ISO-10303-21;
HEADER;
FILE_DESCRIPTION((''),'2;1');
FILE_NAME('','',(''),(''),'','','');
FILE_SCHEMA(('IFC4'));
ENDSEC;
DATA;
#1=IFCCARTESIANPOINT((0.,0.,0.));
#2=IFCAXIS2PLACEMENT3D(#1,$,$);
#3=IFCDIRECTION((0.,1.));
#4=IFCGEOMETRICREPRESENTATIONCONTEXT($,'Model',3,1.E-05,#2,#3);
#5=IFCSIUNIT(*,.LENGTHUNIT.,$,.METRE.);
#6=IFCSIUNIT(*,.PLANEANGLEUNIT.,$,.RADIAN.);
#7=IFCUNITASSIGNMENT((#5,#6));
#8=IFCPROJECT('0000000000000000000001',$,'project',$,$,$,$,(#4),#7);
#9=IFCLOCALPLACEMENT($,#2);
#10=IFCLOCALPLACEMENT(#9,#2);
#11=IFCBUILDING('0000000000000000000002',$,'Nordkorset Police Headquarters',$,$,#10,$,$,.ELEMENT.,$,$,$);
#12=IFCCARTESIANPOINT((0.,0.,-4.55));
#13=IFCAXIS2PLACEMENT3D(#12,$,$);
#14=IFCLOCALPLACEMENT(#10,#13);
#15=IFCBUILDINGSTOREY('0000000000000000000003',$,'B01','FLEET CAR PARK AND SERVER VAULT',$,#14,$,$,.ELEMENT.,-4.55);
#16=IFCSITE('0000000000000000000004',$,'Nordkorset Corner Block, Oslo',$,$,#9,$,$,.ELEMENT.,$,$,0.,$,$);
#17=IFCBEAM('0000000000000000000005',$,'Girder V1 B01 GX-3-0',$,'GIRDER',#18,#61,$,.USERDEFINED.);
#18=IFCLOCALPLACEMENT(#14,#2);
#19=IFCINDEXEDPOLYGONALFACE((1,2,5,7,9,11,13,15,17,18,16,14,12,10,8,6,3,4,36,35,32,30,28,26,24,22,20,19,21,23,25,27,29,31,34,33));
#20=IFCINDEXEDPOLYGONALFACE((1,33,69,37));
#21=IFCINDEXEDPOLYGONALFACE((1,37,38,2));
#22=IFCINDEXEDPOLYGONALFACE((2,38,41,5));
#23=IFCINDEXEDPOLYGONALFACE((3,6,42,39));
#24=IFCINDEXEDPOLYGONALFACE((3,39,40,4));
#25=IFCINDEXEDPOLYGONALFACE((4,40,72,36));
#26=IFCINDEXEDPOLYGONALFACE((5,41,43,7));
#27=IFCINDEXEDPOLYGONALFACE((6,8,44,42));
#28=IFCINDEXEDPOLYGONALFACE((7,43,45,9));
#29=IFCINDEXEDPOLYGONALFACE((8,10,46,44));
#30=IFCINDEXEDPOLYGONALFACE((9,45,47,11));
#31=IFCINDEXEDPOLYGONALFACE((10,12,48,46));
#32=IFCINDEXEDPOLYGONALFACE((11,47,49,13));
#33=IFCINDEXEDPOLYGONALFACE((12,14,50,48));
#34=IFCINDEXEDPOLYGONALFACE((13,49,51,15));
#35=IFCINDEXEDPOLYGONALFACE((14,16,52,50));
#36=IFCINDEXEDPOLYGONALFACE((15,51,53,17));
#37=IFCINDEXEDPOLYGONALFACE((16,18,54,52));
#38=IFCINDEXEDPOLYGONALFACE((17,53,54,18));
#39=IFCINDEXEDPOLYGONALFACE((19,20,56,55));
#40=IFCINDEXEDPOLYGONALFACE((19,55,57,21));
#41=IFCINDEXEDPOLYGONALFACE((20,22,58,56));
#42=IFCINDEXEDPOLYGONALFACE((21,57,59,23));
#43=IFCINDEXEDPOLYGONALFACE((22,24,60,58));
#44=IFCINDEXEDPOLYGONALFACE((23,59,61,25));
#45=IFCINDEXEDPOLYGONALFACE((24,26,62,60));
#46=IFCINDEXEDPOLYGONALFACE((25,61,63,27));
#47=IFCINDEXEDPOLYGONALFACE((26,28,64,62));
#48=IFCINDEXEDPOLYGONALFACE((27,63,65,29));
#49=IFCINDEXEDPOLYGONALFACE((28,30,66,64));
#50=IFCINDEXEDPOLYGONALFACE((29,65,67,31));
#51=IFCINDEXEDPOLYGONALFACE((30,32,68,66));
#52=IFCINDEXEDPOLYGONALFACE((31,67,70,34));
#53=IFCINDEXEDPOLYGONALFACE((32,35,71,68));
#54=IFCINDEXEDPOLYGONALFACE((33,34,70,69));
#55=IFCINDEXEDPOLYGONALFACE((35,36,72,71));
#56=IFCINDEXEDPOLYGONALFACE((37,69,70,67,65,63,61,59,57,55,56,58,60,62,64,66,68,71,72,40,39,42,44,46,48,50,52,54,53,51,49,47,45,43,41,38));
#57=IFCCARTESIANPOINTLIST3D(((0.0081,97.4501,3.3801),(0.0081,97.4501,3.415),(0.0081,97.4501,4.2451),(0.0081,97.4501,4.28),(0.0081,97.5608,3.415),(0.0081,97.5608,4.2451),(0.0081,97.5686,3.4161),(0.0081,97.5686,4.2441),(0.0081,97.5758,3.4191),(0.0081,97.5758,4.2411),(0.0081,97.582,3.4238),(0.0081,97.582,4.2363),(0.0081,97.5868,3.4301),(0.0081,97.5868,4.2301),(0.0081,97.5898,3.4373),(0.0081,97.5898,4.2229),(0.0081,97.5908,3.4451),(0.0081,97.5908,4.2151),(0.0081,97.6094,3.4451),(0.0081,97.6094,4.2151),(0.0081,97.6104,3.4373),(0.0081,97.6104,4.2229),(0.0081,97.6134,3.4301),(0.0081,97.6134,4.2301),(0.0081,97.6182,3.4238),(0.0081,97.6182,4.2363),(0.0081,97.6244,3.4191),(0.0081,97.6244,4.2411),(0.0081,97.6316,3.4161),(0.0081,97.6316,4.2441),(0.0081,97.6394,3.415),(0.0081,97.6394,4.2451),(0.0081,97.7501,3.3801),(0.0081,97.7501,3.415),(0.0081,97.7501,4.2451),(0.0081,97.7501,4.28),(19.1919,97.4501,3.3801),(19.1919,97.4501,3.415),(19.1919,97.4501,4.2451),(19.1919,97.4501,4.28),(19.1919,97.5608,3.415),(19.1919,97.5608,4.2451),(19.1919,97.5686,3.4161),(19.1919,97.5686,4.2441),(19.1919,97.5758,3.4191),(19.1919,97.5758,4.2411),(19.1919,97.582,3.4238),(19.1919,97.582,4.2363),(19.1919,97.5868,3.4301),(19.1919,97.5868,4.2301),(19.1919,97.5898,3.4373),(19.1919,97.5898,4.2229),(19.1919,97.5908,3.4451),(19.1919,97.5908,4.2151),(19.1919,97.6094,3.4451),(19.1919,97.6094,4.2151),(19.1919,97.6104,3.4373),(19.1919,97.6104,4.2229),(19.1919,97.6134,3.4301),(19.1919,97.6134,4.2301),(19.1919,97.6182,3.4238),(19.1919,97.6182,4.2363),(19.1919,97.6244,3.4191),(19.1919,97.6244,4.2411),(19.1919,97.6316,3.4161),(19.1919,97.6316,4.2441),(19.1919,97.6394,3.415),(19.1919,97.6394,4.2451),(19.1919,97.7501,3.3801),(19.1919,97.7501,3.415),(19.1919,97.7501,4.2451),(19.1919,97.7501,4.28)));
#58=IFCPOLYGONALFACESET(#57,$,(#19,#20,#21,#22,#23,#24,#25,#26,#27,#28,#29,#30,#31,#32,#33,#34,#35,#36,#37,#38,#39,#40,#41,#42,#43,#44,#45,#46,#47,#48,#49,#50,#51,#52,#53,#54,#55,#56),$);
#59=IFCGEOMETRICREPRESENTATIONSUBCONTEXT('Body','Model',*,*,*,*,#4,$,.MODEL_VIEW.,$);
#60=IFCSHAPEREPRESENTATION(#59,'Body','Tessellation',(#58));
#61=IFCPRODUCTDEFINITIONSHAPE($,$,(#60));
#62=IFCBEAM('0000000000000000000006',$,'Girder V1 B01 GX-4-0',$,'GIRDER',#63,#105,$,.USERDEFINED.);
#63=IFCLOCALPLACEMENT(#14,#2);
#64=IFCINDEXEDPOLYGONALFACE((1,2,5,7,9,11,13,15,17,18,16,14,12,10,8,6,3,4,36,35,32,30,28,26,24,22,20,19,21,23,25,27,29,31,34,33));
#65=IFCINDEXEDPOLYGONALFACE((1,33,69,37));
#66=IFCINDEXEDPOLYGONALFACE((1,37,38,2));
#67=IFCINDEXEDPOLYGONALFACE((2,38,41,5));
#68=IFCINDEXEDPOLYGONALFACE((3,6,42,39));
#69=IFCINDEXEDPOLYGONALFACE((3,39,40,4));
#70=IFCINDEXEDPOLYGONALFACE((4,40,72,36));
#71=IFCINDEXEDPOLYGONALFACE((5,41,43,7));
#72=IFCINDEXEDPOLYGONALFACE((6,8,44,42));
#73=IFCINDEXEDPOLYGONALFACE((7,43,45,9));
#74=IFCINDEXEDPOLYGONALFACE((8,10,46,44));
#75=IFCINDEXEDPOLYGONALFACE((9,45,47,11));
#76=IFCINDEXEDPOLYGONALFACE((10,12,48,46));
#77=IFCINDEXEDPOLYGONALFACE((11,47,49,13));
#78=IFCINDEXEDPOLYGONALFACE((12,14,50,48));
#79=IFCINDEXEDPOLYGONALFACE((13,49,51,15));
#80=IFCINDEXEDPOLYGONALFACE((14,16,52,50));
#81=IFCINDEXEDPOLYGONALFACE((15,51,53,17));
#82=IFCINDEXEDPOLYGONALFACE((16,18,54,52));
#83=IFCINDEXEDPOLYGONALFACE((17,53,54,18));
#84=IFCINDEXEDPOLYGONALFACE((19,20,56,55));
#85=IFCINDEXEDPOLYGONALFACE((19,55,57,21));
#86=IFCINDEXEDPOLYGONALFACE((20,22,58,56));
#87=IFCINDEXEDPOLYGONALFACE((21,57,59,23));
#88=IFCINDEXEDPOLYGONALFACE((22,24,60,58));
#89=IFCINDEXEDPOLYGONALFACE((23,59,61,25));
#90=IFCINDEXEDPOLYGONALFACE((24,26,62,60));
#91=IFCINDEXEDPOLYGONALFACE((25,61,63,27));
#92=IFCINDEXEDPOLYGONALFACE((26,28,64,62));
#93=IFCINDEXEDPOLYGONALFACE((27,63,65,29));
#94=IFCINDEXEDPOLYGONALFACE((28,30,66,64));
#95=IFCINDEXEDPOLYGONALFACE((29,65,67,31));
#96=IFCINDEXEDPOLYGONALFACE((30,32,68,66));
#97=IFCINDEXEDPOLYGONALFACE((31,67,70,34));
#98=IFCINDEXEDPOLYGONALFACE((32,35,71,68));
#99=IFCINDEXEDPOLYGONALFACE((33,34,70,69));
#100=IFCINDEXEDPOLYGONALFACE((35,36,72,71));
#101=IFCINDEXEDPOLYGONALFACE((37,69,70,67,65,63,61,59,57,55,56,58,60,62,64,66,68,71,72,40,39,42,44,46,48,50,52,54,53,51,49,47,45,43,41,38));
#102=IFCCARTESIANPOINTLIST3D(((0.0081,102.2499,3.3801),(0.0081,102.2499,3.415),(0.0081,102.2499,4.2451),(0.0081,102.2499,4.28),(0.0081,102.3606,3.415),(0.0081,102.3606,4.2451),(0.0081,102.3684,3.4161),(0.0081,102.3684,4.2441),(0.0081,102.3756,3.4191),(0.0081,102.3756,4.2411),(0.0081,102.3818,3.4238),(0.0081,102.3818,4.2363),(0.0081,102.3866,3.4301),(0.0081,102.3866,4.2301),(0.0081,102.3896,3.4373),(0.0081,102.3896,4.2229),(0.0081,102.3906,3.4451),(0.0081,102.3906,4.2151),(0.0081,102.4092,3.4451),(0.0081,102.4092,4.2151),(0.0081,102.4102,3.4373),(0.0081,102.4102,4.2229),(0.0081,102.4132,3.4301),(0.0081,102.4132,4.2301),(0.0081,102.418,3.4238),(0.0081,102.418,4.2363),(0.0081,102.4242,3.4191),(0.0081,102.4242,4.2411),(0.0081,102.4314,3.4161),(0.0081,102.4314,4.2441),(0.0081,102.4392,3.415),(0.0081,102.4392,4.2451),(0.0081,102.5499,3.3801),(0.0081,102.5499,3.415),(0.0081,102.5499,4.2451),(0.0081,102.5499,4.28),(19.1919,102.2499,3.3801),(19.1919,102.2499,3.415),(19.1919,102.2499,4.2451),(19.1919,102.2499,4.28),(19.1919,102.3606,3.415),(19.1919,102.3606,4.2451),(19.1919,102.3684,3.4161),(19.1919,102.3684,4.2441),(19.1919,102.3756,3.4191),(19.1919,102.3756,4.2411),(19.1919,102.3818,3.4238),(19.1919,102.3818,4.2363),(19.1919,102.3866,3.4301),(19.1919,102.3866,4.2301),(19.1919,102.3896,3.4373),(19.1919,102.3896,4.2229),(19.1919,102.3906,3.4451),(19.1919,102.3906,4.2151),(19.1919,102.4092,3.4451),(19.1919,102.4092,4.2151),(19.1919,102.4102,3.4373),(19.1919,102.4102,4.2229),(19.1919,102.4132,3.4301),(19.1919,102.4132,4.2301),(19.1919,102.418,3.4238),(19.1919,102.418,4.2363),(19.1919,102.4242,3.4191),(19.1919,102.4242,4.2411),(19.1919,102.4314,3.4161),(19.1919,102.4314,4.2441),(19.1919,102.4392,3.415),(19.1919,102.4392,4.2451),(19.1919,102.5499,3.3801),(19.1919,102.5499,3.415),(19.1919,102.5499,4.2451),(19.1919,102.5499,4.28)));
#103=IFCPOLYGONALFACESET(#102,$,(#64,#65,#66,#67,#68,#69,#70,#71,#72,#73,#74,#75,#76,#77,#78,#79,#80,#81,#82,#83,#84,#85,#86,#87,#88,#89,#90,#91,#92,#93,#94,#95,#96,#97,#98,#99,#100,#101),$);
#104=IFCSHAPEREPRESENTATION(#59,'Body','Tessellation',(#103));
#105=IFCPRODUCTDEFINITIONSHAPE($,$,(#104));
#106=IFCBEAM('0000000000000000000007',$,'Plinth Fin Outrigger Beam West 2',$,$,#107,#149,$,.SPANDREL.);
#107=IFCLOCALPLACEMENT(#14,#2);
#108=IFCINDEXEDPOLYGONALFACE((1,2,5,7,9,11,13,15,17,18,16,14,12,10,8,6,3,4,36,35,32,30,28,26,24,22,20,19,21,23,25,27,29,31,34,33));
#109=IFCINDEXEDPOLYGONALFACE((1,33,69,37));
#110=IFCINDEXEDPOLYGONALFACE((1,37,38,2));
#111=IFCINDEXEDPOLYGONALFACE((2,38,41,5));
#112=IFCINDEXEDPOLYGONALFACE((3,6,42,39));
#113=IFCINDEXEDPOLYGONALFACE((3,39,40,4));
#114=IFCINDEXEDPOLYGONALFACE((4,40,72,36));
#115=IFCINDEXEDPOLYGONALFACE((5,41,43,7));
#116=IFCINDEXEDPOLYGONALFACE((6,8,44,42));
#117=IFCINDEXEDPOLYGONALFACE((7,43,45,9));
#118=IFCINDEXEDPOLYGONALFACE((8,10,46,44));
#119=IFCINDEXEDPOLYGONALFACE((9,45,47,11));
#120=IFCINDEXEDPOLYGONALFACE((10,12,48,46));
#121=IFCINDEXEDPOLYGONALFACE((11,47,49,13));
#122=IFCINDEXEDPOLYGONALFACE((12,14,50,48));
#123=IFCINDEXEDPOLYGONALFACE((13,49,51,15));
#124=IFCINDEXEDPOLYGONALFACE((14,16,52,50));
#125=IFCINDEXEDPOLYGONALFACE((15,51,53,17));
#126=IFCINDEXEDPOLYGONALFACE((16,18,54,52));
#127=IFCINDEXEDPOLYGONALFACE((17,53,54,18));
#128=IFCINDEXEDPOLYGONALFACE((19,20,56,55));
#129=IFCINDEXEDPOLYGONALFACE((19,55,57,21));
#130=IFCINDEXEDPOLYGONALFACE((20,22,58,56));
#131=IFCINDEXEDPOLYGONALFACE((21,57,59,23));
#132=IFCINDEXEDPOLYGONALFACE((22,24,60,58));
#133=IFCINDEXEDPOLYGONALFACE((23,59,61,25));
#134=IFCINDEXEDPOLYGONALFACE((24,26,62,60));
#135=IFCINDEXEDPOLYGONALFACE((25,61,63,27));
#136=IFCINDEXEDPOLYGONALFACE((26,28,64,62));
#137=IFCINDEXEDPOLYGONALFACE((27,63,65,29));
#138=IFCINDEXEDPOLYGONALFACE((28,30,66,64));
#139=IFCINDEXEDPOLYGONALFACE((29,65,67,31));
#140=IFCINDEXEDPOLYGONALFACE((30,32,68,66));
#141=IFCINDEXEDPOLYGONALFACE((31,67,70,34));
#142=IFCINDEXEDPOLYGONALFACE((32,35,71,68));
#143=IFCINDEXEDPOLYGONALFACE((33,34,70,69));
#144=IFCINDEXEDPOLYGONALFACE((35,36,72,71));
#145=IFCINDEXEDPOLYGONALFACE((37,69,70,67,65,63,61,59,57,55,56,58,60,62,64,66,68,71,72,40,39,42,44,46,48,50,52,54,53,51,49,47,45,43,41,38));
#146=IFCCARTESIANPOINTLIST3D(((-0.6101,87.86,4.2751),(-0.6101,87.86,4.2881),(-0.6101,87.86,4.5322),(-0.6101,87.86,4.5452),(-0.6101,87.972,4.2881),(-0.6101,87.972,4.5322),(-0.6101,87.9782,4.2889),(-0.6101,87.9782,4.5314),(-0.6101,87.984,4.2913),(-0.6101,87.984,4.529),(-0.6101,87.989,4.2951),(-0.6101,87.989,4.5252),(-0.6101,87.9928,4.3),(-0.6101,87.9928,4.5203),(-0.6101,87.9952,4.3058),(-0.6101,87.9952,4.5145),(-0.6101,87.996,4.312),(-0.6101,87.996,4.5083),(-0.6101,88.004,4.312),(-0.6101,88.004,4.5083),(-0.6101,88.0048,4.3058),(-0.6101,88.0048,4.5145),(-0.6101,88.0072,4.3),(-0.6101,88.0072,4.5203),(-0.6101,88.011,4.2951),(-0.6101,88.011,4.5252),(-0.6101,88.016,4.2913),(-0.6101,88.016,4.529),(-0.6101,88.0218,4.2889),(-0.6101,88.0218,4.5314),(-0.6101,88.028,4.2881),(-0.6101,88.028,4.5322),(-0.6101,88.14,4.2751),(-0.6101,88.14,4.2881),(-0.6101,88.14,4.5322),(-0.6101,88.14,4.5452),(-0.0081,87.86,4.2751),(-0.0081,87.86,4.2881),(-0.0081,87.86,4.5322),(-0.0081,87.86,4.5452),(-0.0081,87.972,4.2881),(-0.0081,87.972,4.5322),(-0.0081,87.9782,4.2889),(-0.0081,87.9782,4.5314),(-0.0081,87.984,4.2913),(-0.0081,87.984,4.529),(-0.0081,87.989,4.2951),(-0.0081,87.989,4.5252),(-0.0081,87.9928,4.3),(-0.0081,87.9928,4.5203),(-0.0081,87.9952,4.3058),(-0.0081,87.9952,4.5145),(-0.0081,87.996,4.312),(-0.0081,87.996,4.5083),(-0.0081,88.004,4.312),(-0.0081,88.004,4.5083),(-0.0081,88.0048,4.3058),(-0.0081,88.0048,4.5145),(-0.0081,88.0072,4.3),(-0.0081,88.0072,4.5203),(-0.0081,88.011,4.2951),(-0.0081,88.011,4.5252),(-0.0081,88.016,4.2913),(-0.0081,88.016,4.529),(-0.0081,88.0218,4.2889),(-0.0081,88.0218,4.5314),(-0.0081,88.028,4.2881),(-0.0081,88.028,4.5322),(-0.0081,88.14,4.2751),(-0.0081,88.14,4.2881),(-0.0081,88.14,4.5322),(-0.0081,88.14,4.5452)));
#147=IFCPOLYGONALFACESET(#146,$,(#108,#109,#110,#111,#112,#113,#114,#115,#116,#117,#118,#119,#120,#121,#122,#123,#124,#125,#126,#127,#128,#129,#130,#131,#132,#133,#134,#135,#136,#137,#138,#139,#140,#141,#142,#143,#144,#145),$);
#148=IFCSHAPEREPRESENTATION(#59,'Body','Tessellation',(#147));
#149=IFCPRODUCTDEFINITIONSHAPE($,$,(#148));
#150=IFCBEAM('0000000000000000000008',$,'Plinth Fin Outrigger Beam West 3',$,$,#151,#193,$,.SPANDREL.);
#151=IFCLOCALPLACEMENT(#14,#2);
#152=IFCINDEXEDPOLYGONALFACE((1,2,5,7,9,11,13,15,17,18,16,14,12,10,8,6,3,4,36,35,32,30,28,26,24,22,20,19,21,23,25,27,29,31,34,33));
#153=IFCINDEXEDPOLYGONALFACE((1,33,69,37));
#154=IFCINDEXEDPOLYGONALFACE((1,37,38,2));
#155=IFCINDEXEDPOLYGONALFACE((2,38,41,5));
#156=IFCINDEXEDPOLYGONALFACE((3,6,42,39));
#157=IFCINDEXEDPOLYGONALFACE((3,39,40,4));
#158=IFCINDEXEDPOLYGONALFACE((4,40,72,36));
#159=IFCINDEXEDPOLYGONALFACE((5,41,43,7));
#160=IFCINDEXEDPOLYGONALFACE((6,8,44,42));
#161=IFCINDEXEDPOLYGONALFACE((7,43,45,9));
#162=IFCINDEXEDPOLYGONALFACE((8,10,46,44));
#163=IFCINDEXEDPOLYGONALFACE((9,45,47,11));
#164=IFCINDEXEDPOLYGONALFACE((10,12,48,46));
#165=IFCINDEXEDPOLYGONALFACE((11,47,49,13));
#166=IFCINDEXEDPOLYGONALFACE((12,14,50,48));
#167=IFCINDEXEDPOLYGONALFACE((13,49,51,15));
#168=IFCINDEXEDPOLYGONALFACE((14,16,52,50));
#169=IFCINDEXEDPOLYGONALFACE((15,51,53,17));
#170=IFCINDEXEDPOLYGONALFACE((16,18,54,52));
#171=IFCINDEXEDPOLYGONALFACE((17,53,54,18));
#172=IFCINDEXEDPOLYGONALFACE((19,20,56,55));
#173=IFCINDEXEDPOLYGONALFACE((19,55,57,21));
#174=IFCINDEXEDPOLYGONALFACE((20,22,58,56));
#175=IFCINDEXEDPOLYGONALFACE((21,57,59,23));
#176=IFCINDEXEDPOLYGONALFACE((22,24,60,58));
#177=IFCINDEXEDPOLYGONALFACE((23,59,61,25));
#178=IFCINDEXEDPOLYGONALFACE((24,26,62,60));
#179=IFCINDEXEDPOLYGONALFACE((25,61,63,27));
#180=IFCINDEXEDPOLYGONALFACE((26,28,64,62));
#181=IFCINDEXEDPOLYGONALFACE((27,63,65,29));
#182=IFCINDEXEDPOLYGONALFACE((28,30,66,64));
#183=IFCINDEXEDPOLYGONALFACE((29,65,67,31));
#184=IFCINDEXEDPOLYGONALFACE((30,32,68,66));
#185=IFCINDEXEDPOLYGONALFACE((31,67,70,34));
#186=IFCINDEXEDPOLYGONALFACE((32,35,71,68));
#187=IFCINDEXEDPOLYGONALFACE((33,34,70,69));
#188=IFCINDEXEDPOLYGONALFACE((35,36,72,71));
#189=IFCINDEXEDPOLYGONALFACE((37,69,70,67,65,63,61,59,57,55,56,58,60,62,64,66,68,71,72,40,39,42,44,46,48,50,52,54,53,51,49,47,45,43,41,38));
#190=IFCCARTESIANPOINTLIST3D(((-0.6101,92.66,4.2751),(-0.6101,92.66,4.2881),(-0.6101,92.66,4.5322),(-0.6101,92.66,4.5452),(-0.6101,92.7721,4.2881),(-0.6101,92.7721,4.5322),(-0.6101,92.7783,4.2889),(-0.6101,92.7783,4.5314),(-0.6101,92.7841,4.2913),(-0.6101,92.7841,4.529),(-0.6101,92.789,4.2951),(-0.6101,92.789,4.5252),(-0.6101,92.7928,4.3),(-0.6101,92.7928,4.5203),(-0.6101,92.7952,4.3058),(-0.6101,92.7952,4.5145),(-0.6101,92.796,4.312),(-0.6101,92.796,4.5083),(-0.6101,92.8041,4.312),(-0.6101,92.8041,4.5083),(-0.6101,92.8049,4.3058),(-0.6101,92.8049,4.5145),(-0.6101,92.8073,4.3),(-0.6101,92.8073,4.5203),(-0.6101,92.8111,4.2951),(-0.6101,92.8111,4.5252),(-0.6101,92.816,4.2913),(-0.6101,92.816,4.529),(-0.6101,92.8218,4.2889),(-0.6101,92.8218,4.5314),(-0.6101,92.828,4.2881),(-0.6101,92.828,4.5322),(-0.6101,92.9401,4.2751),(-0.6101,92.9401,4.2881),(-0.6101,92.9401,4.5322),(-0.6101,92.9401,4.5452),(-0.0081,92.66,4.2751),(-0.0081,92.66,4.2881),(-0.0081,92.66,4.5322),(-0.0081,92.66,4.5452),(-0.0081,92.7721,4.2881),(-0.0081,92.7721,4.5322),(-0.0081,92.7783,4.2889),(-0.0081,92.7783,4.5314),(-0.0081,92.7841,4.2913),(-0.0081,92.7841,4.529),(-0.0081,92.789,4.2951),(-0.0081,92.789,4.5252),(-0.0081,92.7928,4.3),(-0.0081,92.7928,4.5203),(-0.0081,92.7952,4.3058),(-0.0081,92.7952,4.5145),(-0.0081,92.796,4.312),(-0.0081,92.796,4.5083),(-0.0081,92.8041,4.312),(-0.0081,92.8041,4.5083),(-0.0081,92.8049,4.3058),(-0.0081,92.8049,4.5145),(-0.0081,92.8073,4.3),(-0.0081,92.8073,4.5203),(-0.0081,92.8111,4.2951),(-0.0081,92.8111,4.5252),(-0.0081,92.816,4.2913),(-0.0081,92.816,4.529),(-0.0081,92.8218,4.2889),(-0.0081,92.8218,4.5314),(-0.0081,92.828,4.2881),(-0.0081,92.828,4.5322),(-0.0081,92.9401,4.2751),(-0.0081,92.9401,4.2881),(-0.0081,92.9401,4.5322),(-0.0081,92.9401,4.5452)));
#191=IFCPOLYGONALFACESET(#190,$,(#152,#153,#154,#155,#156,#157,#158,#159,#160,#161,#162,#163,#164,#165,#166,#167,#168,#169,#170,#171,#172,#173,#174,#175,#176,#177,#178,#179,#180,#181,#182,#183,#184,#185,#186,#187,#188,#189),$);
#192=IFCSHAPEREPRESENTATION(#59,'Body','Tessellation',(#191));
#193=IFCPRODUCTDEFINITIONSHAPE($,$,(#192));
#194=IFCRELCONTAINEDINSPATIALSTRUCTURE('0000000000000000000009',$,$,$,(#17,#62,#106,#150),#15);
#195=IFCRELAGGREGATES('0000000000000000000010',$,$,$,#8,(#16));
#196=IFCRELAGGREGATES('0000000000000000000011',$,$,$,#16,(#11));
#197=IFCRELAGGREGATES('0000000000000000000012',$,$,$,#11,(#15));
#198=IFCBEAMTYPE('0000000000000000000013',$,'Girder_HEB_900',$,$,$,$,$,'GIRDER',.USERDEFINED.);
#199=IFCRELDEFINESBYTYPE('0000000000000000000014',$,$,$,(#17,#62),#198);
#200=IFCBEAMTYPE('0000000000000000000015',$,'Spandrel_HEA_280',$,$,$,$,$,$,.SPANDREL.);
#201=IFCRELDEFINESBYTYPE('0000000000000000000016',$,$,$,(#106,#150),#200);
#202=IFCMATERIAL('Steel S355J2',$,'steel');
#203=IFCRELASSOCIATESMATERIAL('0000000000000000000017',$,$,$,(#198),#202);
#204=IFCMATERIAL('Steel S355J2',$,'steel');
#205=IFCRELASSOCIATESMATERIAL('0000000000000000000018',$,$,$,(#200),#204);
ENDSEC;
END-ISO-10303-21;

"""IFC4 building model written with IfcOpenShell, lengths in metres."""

from ifc_helpers import new_model, si_unit, direction, frame, origin, origin_2d, place, context, subcontext, project, spatial, i_section, extrude, material, material_profile, profile_set, type_object, element, save


model = new_model("IFC4")

# Units and contexts
model_context = context("Model", 3, precision=1e-05, world=origin(), true_north=direction((0.0, 1.0)))
body_context = subcontext(model_context, "Body", "Model", "MODEL_VIEW")
ifc_project = project(units=[si_unit("LENGTHUNIT", "METRE"), si_unit("PLANEANGLEUNIT", "RADIAN")], contexts=[model_context])

# Site, building, storey
site_placement = place(None, origin())
site = spatial("IfcSite", under=ifc_project, at=site_placement, Name="Nordkorset Corner Block, Oslo", CompositionType="ELEMENT", RefElevation=0.0)
building_placement = place(site_placement, origin())
building = spatial("IfcBuilding", under=site, at=building_placement, Name="Nordkorset Police Headquarters", CompositionType="ELEMENT")
storey_placement = place(building_placement, frame((0.0, 0.0, -4.55)))
storey = spatial("IfcBuildingStorey", under=building, at=storey_placement, Name="B01", Description="FLEET CAR PARK AND SERVER VAULT", CompositionType="ELEMENT", Elevation=-4.55)

# Beams
ifc_material_1 = material(Name="Steel S355J2", Category="steel")
ifc_material_profile_1 = material_profile(ifc_material_1, i_section(OverallWidth=0.3, OverallDepth=0.8999, WebThickness=0.0186, FlangeThickness=0.0349, FilletRadius=0.03, at=origin_2d()), Name="HEB 900")
ifc_profile_set_1 = profile_set([ifc_material_profile_1], Name="Steel S355J2")
beam_type_1 = type_object("IfcBeamType", Name="Girder_HEB_900", ElementType="GIRDER", PredefinedType="USERDEFINED", material=ifc_profile_set_1)
for number, where, z_axis, x_axis, name in (
    (1, (0.0081, 97.6001, 3.8301), (1.0, 0.0, 0.0), (0.0, 1.0, 0.0), "Girder V1 B01 GX-3-0"),
    (2, (0.0081, 102.3999, 3.8301), (1.0, 0.0, 0.0), (0.0, 1.0, 0.0), "Girder V1 B01 GX-4-0"),
):
    element("IfcBeam", number, at=place(storey_placement, frame(where, z_axis=z_axis, x_axis=x_axis)), inside=storey, type_object=beam_type_1, Name=name, ObjectType="GIRDER", PredefinedType="USERDEFINED", context=body_context, shape_type="SweptSolid", body=[
        extrude(i_section(OverallWidth=0.3, OverallDepth=0.8999, WebThickness=0.0186, FlangeThickness=0.0349, FilletRadius=0.03, at=origin_2d()), origin(), (0.0, 0.0, 1.0), 19.1838),
    ])
ifc_material_2 = material(Name="Steel S355J2", Category="steel")
ifc_material_profile_2 = material_profile(ifc_material_2, i_section(OverallWidth=0.28, OverallDepth=0.27, WebThickness=0.0081, FlangeThickness=0.0129, FilletRadius=0.0239, at=origin_2d()), Name="HEA 280")
ifc_profile_set_2 = profile_set([ifc_material_profile_2], Name="Steel S355J2")
beam_type_2 = type_object("IfcBeamType", Name="Spandrel_HEA_280", PredefinedType="SPANDREL", material=ifc_profile_set_2)
for number, where, z_axis, x_axis, name in (
    (3, (-0.0081, 88.0, 4.4102), (-1.0, 0.0, 0.0), (0.0, -1.0, 0.0), "Plinth Fin Outrigger Beam West 2"),
    (4, (-0.0081, 92.8, 4.4102), (-1.0, 0.0, 0.0), (0.0, -1.0, 0.0), "Plinth Fin Outrigger Beam West 3"),
):
    element("IfcBeam", number, at=place(storey_placement, frame(where, z_axis=z_axis, x_axis=x_axis)), inside=storey, type_object=beam_type_2, Name=name, PredefinedType="SPANDREL", context=body_context, shape_type="SweptSolid", body=[
        extrude(i_section(OverallWidth=0.28, OverallDepth=0.27, WebThickness=0.0081, FlangeThickness=0.0129, FilletRadius=0.0239, at=origin_2d()), origin(), (0.0, 0.0, 1.0), 0.6021),
    ])

save(model, "model.ifc")
